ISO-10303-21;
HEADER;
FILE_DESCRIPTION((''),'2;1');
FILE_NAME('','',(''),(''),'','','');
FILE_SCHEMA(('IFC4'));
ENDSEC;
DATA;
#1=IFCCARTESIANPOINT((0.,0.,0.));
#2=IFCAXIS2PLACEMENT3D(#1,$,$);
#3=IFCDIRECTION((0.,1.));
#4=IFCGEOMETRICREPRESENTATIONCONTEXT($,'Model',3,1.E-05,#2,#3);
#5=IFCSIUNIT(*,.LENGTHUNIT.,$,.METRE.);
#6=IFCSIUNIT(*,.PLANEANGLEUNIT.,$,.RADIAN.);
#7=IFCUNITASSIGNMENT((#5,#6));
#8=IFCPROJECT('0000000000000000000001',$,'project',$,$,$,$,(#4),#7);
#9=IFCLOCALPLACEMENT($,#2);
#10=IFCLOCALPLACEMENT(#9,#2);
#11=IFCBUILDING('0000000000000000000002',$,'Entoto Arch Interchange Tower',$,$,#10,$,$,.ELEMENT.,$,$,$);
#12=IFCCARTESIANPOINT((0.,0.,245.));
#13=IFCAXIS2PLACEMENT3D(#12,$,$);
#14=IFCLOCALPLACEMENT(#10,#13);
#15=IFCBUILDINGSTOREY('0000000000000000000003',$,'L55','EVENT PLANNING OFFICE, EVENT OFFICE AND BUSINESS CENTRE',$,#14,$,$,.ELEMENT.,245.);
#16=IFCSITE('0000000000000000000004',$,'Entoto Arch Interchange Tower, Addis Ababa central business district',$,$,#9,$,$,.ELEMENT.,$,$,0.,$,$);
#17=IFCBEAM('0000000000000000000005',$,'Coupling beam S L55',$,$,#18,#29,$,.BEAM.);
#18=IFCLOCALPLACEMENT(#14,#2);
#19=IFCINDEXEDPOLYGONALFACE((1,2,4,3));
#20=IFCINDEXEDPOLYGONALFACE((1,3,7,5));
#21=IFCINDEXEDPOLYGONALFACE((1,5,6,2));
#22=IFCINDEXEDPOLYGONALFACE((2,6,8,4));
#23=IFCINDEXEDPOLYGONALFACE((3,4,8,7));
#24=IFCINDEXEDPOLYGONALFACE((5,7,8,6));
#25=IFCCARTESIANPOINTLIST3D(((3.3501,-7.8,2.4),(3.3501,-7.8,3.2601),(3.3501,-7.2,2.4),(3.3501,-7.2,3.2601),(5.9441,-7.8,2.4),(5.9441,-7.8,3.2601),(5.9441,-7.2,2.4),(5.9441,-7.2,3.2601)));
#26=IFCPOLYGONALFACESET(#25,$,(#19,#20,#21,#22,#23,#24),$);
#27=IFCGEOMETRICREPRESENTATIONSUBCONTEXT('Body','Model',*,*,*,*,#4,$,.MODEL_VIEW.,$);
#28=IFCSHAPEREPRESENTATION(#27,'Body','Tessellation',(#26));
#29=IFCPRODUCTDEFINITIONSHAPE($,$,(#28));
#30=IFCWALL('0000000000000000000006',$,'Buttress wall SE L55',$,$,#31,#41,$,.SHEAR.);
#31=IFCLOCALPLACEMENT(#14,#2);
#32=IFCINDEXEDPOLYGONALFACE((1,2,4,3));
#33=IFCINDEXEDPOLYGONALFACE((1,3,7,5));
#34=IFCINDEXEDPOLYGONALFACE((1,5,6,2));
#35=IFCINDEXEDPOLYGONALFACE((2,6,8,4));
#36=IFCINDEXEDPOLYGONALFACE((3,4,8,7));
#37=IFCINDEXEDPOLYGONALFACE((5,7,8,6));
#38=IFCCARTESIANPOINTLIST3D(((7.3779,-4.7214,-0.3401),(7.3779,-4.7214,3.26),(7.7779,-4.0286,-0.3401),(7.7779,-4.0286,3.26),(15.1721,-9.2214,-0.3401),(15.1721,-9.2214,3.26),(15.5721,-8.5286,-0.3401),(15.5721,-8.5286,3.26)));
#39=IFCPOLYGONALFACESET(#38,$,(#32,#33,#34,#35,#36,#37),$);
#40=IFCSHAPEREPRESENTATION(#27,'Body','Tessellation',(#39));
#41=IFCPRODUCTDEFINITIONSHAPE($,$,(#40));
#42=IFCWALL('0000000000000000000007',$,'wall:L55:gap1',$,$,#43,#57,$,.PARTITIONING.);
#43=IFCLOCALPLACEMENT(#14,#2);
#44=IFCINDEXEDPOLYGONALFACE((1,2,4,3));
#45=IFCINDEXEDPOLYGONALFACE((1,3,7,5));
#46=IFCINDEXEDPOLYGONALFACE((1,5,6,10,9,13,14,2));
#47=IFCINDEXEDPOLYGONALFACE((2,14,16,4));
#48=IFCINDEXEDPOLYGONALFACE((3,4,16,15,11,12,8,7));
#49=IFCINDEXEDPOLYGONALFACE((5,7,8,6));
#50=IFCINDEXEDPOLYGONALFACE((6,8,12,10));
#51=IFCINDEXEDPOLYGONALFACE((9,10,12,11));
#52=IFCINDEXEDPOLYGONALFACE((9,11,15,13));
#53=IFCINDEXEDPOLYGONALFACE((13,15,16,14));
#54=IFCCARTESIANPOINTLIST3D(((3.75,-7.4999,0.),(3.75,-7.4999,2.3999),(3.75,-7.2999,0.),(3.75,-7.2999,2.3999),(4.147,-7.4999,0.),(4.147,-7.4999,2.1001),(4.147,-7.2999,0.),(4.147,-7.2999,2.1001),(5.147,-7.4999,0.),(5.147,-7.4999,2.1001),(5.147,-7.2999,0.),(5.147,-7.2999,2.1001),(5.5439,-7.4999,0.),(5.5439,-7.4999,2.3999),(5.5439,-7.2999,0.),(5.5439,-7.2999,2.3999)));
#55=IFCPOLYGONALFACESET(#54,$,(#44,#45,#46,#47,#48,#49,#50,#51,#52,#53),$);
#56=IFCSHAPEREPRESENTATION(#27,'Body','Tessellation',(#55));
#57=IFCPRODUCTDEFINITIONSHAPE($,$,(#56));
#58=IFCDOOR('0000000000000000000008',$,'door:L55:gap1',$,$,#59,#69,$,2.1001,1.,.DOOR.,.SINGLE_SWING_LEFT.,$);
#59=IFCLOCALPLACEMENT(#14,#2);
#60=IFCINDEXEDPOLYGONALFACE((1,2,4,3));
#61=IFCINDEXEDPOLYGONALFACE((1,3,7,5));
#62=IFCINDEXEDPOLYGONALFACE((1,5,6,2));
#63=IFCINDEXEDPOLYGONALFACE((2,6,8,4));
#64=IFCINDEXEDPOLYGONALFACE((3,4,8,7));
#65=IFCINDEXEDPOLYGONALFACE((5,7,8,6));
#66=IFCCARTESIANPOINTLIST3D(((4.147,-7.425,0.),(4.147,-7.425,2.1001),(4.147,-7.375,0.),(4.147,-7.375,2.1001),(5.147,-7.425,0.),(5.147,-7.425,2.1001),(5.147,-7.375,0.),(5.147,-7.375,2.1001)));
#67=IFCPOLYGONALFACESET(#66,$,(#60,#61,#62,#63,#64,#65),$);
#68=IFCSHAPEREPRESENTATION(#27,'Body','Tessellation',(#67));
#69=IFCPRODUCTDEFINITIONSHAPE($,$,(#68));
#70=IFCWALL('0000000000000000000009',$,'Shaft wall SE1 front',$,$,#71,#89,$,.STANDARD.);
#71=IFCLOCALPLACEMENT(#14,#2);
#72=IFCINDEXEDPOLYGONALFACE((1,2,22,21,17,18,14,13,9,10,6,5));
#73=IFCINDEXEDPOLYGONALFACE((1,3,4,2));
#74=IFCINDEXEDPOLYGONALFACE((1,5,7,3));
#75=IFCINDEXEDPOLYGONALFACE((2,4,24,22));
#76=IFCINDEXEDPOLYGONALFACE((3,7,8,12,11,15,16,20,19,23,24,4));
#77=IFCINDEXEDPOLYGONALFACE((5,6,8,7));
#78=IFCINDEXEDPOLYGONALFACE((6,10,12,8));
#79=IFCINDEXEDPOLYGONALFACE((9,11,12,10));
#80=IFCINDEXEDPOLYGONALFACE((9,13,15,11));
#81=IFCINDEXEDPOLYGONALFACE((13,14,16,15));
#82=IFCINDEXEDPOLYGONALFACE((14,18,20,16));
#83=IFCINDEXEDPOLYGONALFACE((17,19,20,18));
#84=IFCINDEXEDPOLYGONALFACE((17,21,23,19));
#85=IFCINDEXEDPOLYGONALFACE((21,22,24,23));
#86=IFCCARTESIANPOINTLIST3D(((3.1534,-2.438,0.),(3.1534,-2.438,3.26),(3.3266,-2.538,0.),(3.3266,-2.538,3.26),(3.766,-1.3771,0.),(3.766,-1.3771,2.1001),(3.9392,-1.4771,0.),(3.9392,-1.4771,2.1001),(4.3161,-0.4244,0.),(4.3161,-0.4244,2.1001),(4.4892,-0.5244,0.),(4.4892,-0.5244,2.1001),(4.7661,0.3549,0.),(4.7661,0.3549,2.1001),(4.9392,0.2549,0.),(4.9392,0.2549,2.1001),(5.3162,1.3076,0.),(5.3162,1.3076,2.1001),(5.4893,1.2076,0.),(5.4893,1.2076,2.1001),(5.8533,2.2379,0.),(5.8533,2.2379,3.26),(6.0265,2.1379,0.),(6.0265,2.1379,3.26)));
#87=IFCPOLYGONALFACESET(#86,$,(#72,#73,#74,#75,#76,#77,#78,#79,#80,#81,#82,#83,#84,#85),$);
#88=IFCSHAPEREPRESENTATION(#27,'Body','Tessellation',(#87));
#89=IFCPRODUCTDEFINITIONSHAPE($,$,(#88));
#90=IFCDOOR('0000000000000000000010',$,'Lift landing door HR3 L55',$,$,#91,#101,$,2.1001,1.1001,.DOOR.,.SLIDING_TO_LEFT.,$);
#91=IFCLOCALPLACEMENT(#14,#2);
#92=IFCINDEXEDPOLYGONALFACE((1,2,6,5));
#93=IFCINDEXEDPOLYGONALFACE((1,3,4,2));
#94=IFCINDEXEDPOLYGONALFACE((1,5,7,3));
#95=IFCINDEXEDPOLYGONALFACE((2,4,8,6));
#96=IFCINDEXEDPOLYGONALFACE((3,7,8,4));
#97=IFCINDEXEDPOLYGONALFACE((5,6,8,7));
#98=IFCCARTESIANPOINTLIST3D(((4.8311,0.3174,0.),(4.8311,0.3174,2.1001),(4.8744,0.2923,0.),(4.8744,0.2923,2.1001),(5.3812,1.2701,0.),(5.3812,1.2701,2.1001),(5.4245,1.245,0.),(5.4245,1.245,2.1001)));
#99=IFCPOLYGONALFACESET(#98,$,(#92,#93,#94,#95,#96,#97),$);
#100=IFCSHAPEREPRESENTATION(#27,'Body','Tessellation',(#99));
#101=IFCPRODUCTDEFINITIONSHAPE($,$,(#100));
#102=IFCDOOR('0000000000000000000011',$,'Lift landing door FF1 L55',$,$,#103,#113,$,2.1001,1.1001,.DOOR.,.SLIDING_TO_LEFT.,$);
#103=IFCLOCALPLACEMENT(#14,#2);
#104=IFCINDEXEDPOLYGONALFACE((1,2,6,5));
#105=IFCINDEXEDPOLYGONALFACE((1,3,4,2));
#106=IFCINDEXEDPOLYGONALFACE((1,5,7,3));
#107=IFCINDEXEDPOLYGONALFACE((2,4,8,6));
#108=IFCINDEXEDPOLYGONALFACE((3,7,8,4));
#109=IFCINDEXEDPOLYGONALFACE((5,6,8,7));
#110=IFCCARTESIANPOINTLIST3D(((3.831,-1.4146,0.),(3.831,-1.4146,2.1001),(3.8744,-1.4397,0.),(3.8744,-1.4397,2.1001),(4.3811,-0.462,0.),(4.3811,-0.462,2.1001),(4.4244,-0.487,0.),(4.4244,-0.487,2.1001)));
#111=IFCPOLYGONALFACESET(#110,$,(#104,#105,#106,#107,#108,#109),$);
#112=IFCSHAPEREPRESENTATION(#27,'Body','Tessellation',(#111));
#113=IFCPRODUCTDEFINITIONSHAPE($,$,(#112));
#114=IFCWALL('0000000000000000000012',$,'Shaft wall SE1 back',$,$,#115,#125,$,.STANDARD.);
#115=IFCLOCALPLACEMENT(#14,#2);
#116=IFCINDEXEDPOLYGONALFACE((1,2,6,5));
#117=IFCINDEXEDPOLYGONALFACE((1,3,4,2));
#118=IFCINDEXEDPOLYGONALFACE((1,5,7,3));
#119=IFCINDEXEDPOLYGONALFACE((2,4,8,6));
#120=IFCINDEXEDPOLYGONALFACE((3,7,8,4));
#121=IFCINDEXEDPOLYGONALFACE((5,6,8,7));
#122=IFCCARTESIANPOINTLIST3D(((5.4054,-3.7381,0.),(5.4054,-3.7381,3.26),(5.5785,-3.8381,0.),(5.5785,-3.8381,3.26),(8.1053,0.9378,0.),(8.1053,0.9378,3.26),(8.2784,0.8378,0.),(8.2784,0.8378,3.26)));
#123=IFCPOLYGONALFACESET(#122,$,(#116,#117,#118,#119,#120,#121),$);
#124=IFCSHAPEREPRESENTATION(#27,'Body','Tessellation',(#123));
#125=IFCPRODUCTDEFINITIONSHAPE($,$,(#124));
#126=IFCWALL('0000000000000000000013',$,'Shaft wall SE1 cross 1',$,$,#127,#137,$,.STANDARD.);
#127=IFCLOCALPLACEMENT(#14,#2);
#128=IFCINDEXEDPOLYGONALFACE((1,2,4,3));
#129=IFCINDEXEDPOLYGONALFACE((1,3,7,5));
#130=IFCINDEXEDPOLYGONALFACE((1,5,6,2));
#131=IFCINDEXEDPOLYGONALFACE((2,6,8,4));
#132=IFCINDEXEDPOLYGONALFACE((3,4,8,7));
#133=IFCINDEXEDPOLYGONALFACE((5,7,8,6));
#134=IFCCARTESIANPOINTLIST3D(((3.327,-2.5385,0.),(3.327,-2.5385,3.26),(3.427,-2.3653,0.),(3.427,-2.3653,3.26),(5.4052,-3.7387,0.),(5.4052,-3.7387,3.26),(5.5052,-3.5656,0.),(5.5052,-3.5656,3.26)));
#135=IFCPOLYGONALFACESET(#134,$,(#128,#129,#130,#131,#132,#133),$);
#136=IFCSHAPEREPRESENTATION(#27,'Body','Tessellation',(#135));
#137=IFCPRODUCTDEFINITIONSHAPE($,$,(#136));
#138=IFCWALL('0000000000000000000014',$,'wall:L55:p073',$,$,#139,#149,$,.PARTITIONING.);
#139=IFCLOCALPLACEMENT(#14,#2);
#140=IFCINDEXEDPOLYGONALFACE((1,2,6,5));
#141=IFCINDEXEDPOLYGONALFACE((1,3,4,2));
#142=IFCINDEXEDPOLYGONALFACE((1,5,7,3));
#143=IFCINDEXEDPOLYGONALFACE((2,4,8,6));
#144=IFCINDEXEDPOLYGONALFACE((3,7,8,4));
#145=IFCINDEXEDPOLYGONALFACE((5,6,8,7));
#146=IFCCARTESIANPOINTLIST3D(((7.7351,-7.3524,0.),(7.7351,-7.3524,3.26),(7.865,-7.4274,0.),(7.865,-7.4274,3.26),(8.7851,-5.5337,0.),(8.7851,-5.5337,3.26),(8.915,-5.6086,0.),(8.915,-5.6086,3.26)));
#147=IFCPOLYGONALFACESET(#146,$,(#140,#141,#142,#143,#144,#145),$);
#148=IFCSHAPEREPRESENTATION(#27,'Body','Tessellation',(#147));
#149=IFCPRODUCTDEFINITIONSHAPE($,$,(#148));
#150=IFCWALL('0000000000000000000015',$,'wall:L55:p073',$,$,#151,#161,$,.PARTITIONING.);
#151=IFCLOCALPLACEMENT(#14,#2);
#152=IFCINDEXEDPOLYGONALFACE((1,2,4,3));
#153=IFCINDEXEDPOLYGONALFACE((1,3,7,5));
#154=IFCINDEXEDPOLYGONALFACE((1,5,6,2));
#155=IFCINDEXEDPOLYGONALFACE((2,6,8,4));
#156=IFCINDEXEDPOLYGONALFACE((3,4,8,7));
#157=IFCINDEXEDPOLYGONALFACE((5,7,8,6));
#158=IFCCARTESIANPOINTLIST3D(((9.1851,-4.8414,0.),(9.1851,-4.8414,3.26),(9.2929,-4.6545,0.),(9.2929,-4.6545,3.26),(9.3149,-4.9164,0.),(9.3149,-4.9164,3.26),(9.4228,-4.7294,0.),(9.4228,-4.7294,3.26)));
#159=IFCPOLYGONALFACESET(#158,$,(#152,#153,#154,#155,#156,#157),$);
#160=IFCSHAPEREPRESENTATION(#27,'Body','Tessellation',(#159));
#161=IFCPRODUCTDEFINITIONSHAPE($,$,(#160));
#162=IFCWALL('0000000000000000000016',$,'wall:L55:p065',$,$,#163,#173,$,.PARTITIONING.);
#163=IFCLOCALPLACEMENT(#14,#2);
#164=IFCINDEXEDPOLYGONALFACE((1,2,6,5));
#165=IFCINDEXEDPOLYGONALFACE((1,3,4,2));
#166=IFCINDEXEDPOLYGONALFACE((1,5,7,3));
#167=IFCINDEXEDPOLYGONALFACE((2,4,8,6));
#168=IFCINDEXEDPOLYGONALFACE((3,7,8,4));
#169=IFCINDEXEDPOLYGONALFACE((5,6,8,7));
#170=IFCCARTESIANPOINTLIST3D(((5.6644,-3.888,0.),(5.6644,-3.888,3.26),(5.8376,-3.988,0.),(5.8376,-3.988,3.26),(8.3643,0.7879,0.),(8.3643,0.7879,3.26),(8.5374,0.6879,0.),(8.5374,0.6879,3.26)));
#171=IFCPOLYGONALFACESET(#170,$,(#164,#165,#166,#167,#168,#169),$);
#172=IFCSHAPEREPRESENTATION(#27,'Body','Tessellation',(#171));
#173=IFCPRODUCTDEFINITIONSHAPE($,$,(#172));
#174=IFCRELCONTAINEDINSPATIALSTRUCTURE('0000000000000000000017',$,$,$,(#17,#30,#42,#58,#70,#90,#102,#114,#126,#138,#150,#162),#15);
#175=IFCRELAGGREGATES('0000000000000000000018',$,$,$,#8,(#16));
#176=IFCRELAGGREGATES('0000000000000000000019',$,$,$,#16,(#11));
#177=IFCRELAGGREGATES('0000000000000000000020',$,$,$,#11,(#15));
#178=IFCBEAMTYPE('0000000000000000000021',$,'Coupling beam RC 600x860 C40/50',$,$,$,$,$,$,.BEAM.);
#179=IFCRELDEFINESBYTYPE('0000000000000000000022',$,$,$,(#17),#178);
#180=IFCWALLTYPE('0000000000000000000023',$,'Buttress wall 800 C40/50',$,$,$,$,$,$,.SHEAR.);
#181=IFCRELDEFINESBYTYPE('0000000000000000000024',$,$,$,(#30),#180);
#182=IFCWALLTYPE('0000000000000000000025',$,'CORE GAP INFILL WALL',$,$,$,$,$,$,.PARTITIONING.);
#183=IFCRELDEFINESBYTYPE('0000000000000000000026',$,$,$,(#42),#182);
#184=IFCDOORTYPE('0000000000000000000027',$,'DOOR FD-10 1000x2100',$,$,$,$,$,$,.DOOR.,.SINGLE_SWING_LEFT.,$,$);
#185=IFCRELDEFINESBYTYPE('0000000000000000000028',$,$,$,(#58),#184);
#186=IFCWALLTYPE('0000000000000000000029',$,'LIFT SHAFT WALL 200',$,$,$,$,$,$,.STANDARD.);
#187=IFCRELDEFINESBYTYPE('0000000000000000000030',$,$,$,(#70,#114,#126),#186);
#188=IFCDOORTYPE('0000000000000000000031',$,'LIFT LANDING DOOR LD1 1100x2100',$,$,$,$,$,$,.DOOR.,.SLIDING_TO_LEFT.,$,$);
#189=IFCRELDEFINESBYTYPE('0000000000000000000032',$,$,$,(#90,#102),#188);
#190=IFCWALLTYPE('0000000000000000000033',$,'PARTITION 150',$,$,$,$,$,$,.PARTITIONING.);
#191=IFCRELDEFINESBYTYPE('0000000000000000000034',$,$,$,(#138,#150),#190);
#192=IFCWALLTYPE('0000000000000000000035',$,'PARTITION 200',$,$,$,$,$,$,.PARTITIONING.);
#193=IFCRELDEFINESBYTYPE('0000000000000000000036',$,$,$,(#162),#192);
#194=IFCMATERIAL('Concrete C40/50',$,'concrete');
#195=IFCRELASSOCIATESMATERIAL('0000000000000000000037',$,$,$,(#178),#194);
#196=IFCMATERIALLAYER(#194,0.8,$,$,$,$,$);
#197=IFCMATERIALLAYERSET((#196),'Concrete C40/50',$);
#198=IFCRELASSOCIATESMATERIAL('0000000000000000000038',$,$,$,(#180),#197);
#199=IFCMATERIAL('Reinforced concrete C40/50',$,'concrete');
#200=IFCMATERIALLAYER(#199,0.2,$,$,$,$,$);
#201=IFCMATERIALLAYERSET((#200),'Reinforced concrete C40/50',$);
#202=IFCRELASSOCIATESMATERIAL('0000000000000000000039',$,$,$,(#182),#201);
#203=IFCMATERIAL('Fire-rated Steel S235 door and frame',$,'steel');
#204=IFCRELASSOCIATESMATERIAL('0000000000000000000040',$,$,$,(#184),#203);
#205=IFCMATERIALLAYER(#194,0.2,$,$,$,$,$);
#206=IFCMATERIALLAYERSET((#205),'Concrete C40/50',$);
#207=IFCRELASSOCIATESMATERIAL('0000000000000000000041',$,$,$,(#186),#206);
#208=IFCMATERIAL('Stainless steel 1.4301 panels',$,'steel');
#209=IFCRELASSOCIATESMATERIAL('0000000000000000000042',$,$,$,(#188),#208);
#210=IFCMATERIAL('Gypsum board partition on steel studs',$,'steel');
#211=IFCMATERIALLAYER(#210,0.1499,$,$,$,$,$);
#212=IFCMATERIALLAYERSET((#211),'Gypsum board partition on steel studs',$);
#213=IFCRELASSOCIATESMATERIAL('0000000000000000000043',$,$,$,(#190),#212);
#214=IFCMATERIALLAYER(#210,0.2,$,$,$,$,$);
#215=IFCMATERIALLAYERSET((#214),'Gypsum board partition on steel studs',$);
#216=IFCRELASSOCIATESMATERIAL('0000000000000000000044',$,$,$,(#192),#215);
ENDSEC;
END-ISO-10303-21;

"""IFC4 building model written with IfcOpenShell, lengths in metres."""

from ifc_helpers import new_model, si_unit, direction, frame, frame_2d, origin, origin_2d, place, context, subcontext, project, spatial, rectangle, extrude, material, layer, layer_set, material_profile, profile_set, type_object, element, fill, save


model = new_model("IFC4")

# Units and contexts
model_context = context("Model", 3, precision=1e-05, world=origin(), true_north=direction((0.0, 1.0)))
body_context = subcontext(model_context, "Body", "Model", "MODEL_VIEW")
ifc_project = project(units=[si_unit("LENGTHUNIT", "METRE"), si_unit("PLANEANGLEUNIT", "RADIAN")], contexts=[model_context])

# Site, building, storey
site_placement = place(None, origin())
site = spatial("IfcSite", under=ifc_project, at=site_placement, Name="Entoto Arch Interchange Tower, Addis Ababa central business district", CompositionType="ELEMENT", RefElevation=0.0)
building_placement = place(site_placement, origin())
building = spatial("IfcBuilding", under=site, at=building_placement, Name="Entoto Arch Interchange Tower", CompositionType="ELEMENT")
storey_placement = place(building_placement, frame((0.0, 0.0, 245.0)))
storey = spatial("IfcBuildingStorey", under=building, at=storey_placement, Name="L55", Description="EVENT PLANNING OFFICE, EVENT OFFICE AND BUSINESS CENTRE", CompositionType="ELEMENT", Elevation=245.0)

# Beam
ifc_material_1 = material(Name="Concrete C40/50", Category="concrete")
ifc_material_profile = material_profile(ifc_material_1, rectangle(XDim=0.6001, YDim=0.8601, at=origin_2d()))
ifc_profile_set = profile_set([ifc_material_profile], Name="Concrete C40/50")
beam_type = type_object("IfcBeamType", Name="Coupling beam RC 600x860 C40/50", PredefinedType="BEAM", material=ifc_profile_set)
beam_placement = place(storey_placement, frame((3.3501, -7.5, 2.8301), z_axis=(1.0, 0.0, 0.0), x_axis=(0.0, 1.0, 0.0)))
element("IfcBeam", 1, at=beam_placement, inside=storey, type_object=beam_type, Name="Coupling beam S L55", PredefinedType="BEAM", context=body_context, shape_type="SweptSolid", body=[
    extrude(rectangle(XDim=0.6001, YDim=0.8601, at=origin_2d()), origin(), (0.0, 0.0, 1.0), 2.594),
])

# Wall
ifc_layer_1 = layer(ifc_material_1, 0.8)
ifc_layer_set_1 = layer_set([ifc_layer_1], Name="Concrete C40/50")
wall_type_1 = type_object("IfcWallType", Name="Buttress wall 800 C40/50", PredefinedType="SHEAR", material=ifc_layer_set_1)
wall_1_placement = place(storey_placement, frame((7.5779, -4.375, -0.3401), z_axis=(0.0, 0.0, 1.0), x_axis=(0.866024, -0.500002, 0.0)))
element("IfcWall", 2, at=wall_1_placement, inside=storey, type_object=wall_type_1, Name="Buttress wall SE L55", PredefinedType="SHEAR", context=body_context, shape_type="SweptSolid", body=[
    extrude(rectangle(XDim=9.0, YDim=0.8, at=frame_2d((4.5, 0.0))), origin(), (0.0, 0.0, 1.0), 3.6001),
])

# Wall, opening, door
ifc_material_2 = material(Name="Reinforced concrete C40/50", Category="concrete")
ifc_layer_2 = layer(ifc_material_2, 0.2)
ifc_layer_set_2 = layer_set([ifc_layer_2], Name="Reinforced concrete C40/50")
wall_type_2 = type_object("IfcWallType", Name="CORE GAP INFILL WALL", PredefinedType="PARTITIONING", material=ifc_layer_set_2)
wall_2_placement = place(storey_placement, frame((3.75, -7.3999, 0.0), z_axis=(0.0, 0.0, 1.0), x_axis=(1.0, 0.0, 0.0)))
wall_2 = element("IfcWall", 3, at=wall_2_placement, inside=storey, type_object=wall_type_2, Name="wall:L55:gap1", PredefinedType="PARTITIONING", context=body_context, shape_type="SweptSolid", body=[
    extrude(rectangle(XDim=1.7939, YDim=0.2, at=frame_2d((0.897, 0.0))), origin(), (0.0, 0.0, 1.0), 2.3999),
])
opening_1_placement = place(wall_2_placement, frame((0.397, 0.0, 0.0)))
opening_1 = element("IfcOpeningElement", 4, at=opening_1_placement, cuts=wall_2, PredefinedType="OPENING", context=body_context, shape_type="SweptSolid", body=[
    extrude(rectangle(XDim=1.0, YDim=2.1001, at=frame_2d((0.5, 1.05))), frame((0.0, 0.1099, 0.0), z_axis=(0.0, -1.0, 0.0), x_axis=(1.0, 0.0, 0.0)), (0.0, 0.0, 1.0), 0.22),
])
ifc_material_3 = material(Name="Fire-rated Steel S235 door and frame", Category="steel")
door_type_1 = type_object("IfcDoorType", Name="DOOR FD-10 1000x2100", OperationType="SINGLE_SWING_LEFT", PredefinedType="DOOR", material=ifc_material_3)
door_1_placement = place(opening_1_placement, origin())
door_1 = element("IfcDoor", 5, at=door_1_placement, inside=storey, type_object=door_type_1, Name="door:L55:gap1", OperationType="SINGLE_SWING_LEFT", OverallHeight=2.1001, OverallWidth=1.0, PredefinedType="DOOR", context=body_context, shape_type="SweptSolid", body=[
    extrude(rectangle(XDim=1.0, YDim=2.1001, at=frame_2d((0.5, 1.05))), frame((0.0, 0.0249, 0.0), z_axis=(0.0, -1.0, 0.0), x_axis=(1.0, 0.0, 0.0)), (0.0, 0.0, 1.0), 0.05),
])
fill(opening_1, door_1)

# Wall, openings, doors
ifc_layer_3 = layer(ifc_material_1, 0.2)
ifc_layer_set_3 = layer_set([ifc_layer_3], Name="Concrete C40/50")
wall_type_3 = type_object("IfcWallType", Name="LIFT SHAFT WALL 200", PredefinedType="STANDARD", material=ifc_layer_set_3)
wall_3_placement = place(storey_placement, frame((3.24, -2.488, 0.0), z_axis=(0.0, 0.0, 1.0), x_axis=(0.500034, 0.866006, 0.0)))
wall_3 = element("IfcWall", 6, at=wall_3_placement, inside=storey, type_object=wall_type_3, Name="Shaft wall SE1 front", PredefinedType="STANDARD", context=body_context, shape_type="SweptSolid", body=[
    extrude(rectangle(XDim=5.3994, YDim=0.2, at=frame_2d((2.6997, 0.0))), origin(), (0.0, 0.0, 1.0), 3.26),
])
opening_2_placement = place(wall_3_placement, frame((3.2251, 0.0, 0.0)))
opening_2 = element("IfcOpeningElement", 7, at=opening_2_placement, cuts=wall_3, PredefinedType="OPENING", context=body_context, shape_type="SweptSolid", body=[
    extrude(rectangle(XDim=1.1001, YDim=2.1001, at=frame_2d((0.55, 1.05))), frame((0.0, 0.1099, 0.0), z_axis=(0.0, -1.0, 0.0), x_axis=(1.0, 0.0, 0.0)), (0.0, 0.0, 1.0), 0.22),
])
opening_3_placement = place(wall_3_placement, frame((1.2251, 0.0, 0.0)))
opening_3 = element("IfcOpeningElement", 8, at=opening_3_placement, cuts=wall_3, PredefinedType="OPENING", context=body_context, shape_type="SweptSolid", body=[
    extrude(rectangle(XDim=1.1001, YDim=2.1001, at=frame_2d((0.55, 1.05))), frame((0.0, 0.1099, 0.0), z_axis=(0.0, -1.0, 0.0), x_axis=(1.0, 0.0, 0.0)), (0.0, 0.0, 1.0), 0.22),
])
ifc_material_4 = material(Name="Stainless steel 1.4301 panels", Category="steel")
door_type_2 = type_object("IfcDoorType", Name="LIFT LANDING DOOR LD1 1100x2100", OperationType="SLIDING_TO_LEFT", PredefinedType="DOOR", material=ifc_material_4)
door_2_placement = place(opening_2_placement, origin())
door_2 = element("IfcDoor", 9, at=door_2_placement, inside=storey, type_object=door_type_2, Name="Lift landing door HR3 L55", OperationType="SLIDING_TO_LEFT", OverallHeight=2.1001, OverallWidth=1.1001, PredefinedType="DOOR", context=body_context, shape_type="SweptSolid", body=[
    extrude(rectangle(XDim=1.1001, YDim=2.1001, at=frame_2d((0.55, 1.05))), frame((0.0, 0.0249, 0.0), z_axis=(0.0, -1.0, 0.0), x_axis=(1.0, 0.0, 0.0)), (0.0, 0.0, 1.0), 0.05),
])
fill(opening_2, door_2)
door_3_placement = place(opening_3_placement, origin())
door_3 = element("IfcDoor", 10, at=door_3_placement, inside=storey, type_object=door_type_2, Name="Lift landing door FF1 L55", OperationType="SLIDING_TO_LEFT", OverallHeight=2.1001, OverallWidth=1.1001, PredefinedType="DOOR", context=body_context, shape_type="SweptSolid", body=[
    extrude(rectangle(XDim=1.1001, YDim=2.1001, at=frame_2d((0.55, 1.05))), frame((0.0, 0.0249, 0.0), z_axis=(0.0, -1.0, 0.0), x_axis=(1.0, 0.0, 0.0)), (0.0, 0.0, 1.0), 0.05),
])
fill(opening_3, door_3)

# Walls
wall_4_placement = place(storey_placement, frame((5.4919, -3.7881, 0.0), z_axis=(0.0, 0.0, 1.0), x_axis=(0.500034, 0.866006, 0.0)))
element("IfcWall", 11, at=wall_4_placement, inside=storey, type_object=wall_type_3, Name="Shaft wall SE1 back", PredefinedType="STANDARD", context=body_context, shape_type="SweptSolid", body=[
    extrude(rectangle(XDim=5.3994, YDim=0.2, at=frame_2d((2.6997, 0.0))), origin(), (0.0, 0.0, 1.0), 3.26),
])
wall_5_placement = place(storey_placement, frame((3.377, -2.4519, 0.0), z_axis=(0.0, 0.0, 1.0), x_axis=(0.865955, -0.500122, 0.0)))
element("IfcWall", 12, at=wall_5_placement, inside=storey, type_object=wall_type_3, Name="Shaft wall SE1 cross 1", PredefinedType="STANDARD", context=body_context, shape_type="SweptSolid", body=[
    extrude(rectangle(XDim=2.3999, YDim=0.2, at=frame_2d((1.2, 0.0))), origin(), (0.0, 0.0, 1.0), 3.26),
])
ifc_material_5 = material(Name="Gypsum board partition on steel studs", Category="steel")
ifc_layer_4 = layer(ifc_material_5, 0.1499)
ifc_layer_set_4 = layer_set([ifc_layer_4], Name="Gypsum board partition on steel studs")
wall_type_4 = type_object("IfcWallType", Name="PARTITION 150", PredefinedType="PARTITIONING", material=ifc_layer_set_4)
wall_6_placement = place(storey_placement, frame((7.8, -7.3899, 0.0), z_axis=(0.0, 0.0, 1.0), x_axis=(0.499977, 0.866038, 0.0)))
element("IfcWall", 13, at=wall_6_placement, inside=storey, type_object=wall_type_4, Name="wall:L55:p073", PredefinedType="PARTITIONING", context=body_context, shape_type="SweptSolid", body=[
    extrude(rectangle(XDim=2.1001, YDim=0.1499, at=frame_2d((1.05, 0.0))), origin(), (0.0, 0.0, 1.0), 3.26),
])
wall_7_placement = place(storey_placement, frame((9.25, -4.8789, 0.0), z_axis=(0.0, 0.0, 1.0), x_axis=(0.499788, 0.866148, 0.0)))
element("IfcWall", 14, at=wall_7_placement, inside=storey, type_object=wall_type_4, Name="wall:L55:p073", PredefinedType="PARTITIONING", context=body_context, shape_type="SweptSolid", body=[
    extrude(rectangle(XDim=0.2158, YDim=0.1499, at=frame_2d((0.1079, 0.0))), origin(), (0.0, 0.0, 1.0), 3.26),
])
ifc_layer_5 = layer(ifc_material_5, 0.2)
ifc_layer_set_5 = layer_set([ifc_layer_5], Name="Gypsum board partition on steel studs")
wall_type_5 = type_object("IfcWallType", Name="PARTITION 200", PredefinedType="PARTITIONING", material=ifc_layer_set_5)
wall_8_placement = place(storey_placement, frame((5.751, -3.938, 0.0), z_axis=(0.0, 0.0, 1.0), x_axis=(0.500034, 0.866006, 0.0)))
element("IfcWall", 15, at=wall_8_placement, inside=storey, type_object=wall_type_5, Name="wall:L55:p065", PredefinedType="PARTITIONING", context=body_context, shape_type="SweptSolid", body=[
    extrude(rectangle(XDim=5.3994, YDim=0.2, at=frame_2d((2.6997, 0.0))), origin(), (0.0, 0.0, 1.0), 3.26),
])

save(model, "model.ifc")
